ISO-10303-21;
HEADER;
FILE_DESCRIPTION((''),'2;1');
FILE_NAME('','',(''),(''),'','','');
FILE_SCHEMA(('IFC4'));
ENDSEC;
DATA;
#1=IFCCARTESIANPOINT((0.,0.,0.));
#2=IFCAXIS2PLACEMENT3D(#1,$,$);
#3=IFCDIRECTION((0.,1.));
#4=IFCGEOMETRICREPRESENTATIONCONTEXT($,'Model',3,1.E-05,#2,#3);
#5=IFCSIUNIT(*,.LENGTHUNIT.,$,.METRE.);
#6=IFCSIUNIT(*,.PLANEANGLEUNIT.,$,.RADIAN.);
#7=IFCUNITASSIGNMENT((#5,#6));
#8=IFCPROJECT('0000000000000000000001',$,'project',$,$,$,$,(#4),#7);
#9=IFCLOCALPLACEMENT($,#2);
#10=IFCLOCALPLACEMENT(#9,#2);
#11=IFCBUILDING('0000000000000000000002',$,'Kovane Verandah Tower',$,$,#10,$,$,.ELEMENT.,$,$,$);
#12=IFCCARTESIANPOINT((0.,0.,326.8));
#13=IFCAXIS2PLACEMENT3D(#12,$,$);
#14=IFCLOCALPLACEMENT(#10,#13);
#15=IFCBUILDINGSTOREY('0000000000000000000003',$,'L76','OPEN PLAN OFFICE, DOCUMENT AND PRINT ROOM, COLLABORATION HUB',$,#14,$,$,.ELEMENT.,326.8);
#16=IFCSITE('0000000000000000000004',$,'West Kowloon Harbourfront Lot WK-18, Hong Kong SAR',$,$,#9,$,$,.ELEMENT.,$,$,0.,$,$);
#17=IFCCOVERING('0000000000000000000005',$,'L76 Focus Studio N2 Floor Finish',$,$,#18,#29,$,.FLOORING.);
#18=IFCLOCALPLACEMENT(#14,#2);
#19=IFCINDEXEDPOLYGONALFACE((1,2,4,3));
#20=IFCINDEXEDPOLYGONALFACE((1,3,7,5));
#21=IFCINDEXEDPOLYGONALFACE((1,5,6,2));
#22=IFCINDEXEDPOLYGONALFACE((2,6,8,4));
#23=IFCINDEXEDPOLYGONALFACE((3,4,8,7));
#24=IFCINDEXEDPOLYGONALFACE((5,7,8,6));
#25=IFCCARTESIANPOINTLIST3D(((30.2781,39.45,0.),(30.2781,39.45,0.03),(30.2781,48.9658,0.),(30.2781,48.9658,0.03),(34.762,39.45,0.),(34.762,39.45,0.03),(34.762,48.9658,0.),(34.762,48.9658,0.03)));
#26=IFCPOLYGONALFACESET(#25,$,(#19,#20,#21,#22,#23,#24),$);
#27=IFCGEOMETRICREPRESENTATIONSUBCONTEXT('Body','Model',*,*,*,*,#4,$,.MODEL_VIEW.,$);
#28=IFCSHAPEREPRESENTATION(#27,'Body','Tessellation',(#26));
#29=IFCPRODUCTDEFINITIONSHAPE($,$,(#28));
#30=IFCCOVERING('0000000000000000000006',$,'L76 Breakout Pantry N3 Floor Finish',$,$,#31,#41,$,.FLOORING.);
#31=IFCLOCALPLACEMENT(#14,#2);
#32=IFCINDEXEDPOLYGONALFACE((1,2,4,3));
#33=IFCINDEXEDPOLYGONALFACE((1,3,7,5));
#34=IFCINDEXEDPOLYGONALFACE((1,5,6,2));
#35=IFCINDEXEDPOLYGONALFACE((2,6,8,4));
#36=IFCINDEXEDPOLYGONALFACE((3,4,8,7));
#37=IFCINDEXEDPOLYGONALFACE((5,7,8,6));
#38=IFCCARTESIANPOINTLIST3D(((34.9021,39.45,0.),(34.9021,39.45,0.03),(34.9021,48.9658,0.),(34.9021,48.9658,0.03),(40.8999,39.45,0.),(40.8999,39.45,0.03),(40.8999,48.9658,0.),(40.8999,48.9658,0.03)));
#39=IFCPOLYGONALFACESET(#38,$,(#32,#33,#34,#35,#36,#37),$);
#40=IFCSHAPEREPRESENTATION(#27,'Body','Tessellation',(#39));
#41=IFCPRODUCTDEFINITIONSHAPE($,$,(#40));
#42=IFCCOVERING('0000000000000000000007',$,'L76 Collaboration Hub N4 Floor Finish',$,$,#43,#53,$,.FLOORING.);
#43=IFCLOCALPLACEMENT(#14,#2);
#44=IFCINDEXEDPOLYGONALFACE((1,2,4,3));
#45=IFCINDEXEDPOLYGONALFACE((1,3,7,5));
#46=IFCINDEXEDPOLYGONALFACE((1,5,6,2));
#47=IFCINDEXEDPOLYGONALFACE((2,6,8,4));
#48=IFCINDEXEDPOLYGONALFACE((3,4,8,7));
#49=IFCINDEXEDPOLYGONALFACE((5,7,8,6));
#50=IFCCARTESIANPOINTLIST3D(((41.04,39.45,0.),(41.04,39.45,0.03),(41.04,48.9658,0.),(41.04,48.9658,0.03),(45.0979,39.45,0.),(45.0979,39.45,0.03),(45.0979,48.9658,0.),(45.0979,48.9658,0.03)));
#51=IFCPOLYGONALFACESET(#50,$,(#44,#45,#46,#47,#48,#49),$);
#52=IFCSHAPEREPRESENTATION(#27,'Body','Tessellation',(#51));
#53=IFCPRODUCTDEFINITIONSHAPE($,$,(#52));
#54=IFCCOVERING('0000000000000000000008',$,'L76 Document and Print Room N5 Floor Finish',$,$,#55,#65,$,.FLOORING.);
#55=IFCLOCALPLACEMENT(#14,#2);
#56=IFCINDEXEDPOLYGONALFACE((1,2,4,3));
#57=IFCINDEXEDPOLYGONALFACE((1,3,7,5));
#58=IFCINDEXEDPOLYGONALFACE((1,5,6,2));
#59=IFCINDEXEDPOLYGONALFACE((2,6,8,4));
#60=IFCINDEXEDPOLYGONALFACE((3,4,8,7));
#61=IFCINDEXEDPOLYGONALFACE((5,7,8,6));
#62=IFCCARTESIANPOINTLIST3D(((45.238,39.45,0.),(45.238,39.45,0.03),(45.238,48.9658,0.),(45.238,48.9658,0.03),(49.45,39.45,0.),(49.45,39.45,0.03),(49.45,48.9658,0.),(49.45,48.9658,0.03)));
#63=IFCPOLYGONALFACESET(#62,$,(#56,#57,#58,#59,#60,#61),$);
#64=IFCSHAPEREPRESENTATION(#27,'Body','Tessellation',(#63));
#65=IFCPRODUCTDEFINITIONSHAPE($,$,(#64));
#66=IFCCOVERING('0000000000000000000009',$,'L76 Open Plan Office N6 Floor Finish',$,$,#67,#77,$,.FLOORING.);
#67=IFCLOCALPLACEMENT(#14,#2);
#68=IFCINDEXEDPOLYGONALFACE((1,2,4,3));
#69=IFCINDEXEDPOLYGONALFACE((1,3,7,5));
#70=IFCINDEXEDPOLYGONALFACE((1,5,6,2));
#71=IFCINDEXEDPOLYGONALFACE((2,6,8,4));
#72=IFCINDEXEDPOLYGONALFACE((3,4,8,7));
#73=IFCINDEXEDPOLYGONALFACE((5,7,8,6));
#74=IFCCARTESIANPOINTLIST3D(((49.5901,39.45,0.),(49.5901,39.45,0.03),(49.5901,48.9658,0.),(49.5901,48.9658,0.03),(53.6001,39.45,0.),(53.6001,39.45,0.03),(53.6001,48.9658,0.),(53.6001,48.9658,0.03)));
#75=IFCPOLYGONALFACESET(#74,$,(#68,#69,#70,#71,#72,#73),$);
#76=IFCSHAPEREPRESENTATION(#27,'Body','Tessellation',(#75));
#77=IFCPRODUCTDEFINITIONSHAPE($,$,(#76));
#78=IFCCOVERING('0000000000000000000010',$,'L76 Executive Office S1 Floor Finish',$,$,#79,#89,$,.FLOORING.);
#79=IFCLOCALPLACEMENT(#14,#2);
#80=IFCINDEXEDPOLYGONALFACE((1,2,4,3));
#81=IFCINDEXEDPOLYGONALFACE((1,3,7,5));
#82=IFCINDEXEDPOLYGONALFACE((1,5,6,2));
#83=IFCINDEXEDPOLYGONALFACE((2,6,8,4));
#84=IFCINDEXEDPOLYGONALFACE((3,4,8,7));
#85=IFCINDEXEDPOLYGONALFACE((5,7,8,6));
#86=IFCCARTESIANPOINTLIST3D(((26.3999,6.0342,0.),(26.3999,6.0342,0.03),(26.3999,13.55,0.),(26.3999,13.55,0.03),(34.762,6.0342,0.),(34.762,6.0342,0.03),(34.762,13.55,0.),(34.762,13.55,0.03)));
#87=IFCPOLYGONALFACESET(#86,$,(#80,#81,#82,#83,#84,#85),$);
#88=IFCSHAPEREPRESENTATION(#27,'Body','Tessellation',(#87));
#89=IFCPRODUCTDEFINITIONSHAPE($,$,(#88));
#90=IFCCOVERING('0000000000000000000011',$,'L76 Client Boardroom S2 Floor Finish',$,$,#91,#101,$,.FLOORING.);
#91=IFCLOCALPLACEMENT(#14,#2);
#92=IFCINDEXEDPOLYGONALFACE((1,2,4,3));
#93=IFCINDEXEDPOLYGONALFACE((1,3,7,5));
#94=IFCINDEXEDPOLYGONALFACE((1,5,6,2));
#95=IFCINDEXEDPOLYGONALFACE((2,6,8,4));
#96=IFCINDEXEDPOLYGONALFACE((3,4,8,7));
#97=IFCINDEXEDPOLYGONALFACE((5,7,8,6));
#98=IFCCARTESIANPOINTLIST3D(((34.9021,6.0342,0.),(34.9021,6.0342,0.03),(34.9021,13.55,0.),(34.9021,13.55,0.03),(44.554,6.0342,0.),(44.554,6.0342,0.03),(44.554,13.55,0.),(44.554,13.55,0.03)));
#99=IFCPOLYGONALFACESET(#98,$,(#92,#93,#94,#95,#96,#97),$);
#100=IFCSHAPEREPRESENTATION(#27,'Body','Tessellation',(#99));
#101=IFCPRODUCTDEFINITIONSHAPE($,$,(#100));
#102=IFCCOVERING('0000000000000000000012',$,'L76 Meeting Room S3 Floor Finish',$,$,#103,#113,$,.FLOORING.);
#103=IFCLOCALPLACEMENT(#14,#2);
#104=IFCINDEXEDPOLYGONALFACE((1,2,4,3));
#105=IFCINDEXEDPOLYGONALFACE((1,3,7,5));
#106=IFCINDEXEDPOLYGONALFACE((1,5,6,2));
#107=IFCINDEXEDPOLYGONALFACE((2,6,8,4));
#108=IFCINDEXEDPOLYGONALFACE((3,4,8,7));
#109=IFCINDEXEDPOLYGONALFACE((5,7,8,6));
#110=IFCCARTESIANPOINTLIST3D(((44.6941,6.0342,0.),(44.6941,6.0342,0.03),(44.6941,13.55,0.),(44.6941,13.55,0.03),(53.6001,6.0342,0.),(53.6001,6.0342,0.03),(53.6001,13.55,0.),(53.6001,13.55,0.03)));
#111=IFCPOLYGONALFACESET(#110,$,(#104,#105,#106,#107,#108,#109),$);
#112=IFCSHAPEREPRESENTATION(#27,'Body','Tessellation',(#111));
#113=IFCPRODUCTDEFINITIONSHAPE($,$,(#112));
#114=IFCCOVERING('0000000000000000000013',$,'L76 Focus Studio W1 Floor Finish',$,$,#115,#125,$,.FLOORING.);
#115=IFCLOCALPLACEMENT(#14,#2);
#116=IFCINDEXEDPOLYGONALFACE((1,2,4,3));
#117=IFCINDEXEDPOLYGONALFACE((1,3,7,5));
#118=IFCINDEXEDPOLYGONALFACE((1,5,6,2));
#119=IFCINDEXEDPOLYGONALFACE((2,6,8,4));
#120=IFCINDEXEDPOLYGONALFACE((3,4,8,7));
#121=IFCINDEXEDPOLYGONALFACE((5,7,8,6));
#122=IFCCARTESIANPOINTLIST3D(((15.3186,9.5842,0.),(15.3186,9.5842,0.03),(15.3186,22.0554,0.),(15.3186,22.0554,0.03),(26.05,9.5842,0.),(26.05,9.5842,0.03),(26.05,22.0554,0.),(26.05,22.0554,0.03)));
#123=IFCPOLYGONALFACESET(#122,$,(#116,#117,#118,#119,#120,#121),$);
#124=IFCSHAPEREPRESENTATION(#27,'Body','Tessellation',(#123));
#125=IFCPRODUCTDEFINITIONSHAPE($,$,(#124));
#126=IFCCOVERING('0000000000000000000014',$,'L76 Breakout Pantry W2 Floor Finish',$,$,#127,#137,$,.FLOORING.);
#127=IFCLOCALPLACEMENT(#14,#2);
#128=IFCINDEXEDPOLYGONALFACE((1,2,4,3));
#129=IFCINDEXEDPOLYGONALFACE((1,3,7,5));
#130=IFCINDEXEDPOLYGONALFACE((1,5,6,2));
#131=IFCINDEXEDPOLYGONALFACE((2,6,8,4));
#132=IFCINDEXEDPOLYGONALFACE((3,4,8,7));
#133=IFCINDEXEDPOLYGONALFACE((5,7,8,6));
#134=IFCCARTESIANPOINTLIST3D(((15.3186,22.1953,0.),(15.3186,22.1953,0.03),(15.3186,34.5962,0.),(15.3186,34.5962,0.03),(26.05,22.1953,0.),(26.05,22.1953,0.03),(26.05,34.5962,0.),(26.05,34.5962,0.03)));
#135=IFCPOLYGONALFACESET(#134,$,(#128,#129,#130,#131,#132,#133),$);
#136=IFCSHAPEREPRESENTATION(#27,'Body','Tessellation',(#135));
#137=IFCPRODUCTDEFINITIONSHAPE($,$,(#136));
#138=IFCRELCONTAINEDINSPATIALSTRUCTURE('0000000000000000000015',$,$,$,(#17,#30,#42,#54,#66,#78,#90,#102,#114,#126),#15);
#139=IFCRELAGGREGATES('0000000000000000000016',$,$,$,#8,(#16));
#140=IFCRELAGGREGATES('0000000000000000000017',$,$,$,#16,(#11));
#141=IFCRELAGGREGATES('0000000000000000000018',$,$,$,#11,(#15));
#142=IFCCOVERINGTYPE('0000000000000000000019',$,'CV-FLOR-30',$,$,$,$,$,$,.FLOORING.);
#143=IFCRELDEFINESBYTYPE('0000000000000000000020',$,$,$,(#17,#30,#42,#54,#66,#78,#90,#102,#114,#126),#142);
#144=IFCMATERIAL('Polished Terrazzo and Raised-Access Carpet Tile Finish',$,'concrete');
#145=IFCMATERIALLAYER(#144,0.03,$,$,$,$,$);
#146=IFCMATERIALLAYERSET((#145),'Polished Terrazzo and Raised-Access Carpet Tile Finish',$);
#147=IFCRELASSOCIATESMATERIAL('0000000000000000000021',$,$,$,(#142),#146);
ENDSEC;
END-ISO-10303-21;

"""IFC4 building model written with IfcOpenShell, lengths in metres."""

from ifc_helpers import new_model, si_unit, direction, frame, origin, place, context, subcontext, project, spatial, polyline, outline, extrude, material, layer, layer_set, type_object, element, save


model = new_model("IFC4")

# Units and contexts
model_context = context("Model", 3, precision=1e-05, world=origin(), true_north=direction((0.0, 1.0)))
body_context = subcontext(model_context, "Body", "Model", "MODEL_VIEW")
ifc_project = project(units=[si_unit("LENGTHUNIT", "METRE"), si_unit("PLANEANGLEUNIT", "RADIAN")], contexts=[model_context])

# Site, building, storey
site_placement = place(None, origin())
site = spatial("IfcSite", under=ifc_project, at=site_placement, Name="West Kowloon Harbourfront Lot WK-18, Hong Kong SAR", CompositionType="ELEMENT", RefElevation=0.0)
building_placement = place(site_placement, origin())
building = spatial("IfcBuilding", under=site, at=building_placement, Name="Kovane Verandah Tower", CompositionType="ELEMENT")
storey_placement = place(building_placement, frame((0.0, 0.0, 326.8)))
storey = spatial("IfcBuildingStorey", under=building, at=storey_placement, Name="L76", Description="OPEN PLAN OFFICE, DOCUMENT AND PRINT ROOM, COLLABORATION HUB", CompositionType="ELEMENT", Elevation=326.8)

# Coverings
ifc_material_1 = material(Name="Polished Terrazzo and Raised-Access Carpet Tile Finish", Category="concrete")
ifc_layer_1 = layer(ifc_material_1, 0.03)
ifc_layer_set_1 = layer_set([ifc_layer_1], Name="Polished Terrazzo and Raised-Access Carpet Tile Finish")
covering_type = type_object("IfcCoveringType", Name="CV-FLOR-30", PredefinedType="FLOORING", material=ifc_layer_set_1)
covering_1_placement = place(storey_placement, origin())
element("IfcCovering", 1, at=covering_1_placement, inside=storey, type_object=covering_type, Name="L76 Focus Studio N2 Floor Finish", PredefinedType="FLOORING", context=body_context, shape_type="SweptSolid", body=[
    extrude(outline(polyline([(30.2781, 39.45), (34.762, 39.45), (34.762, 48.9658), (30.2781, 48.9658), (30.2781, 39.45)])), origin(), (0.0, 0.0, 1.0), 0.03),
])
covering_2_placement = place(storey_placement, origin())
element("IfcCovering", 2, at=covering_2_placement, inside=storey, type_object=covering_type, Name="L76 Breakout Pantry N3 Floor Finish", PredefinedType="FLOORING", context=body_context, shape_type="SweptSolid", body=[
    extrude(outline(polyline([(34.9021, 39.45), (40.8999, 39.45), (40.8999, 48.9658), (34.9021, 48.9658), (34.9021, 39.45)])), origin(), (0.0, 0.0, 1.0), 0.03),
])
covering_3_placement = place(storey_placement, origin())
element("IfcCovering", 3, at=covering_3_placement, inside=storey, type_object=covering_type, Name="L76 Collaboration Hub N4 Floor Finish", PredefinedType="FLOORING", context=body_context, shape_type="SweptSolid", body=[
    extrude(outline(polyline([(41.04, 39.45), (45.0979, 39.45), (45.0979, 48.9658), (41.04, 48.9658), (41.04, 39.45)])), origin(), (0.0, 0.0, 1.0), 0.03),
])
covering_4_placement = place(storey_placement, origin())
element("IfcCovering", 4, at=covering_4_placement, inside=storey, type_object=covering_type, Name="L76 Document and Print Room N5 Floor Finish", PredefinedType="FLOORING", context=body_context, shape_type="SweptSolid", body=[
    extrude(outline(polyline([(45.238, 39.45), (49.45, 39.45), (49.45, 48.9658), (45.238, 48.9658), (45.238, 39.45)])), origin(), (0.0, 0.0, 1.0), 0.03),
])
covering_5_placement = place(storey_placement, origin())
element("IfcCovering", 5, at=covering_5_placement, inside=storey, type_object=covering_type, Name="L76 Open Plan Office N6 Floor Finish", PredefinedType="FLOORING", context=body_context, shape_type="SweptSolid", body=[
    extrude(outline(polyline([(49.5901, 39.45), (53.6001, 39.45), (53.6001, 48.9658), (49.5901, 48.9658), (49.5901, 39.45)])), origin(), (0.0, 0.0, 1.0), 0.03),
])
covering_6_placement = place(storey_placement, origin())
element("IfcCovering", 6, at=covering_6_placement, inside=storey, type_object=covering_type, Name="L76 Executive Office S1 Floor Finish", PredefinedType="FLOORING", context=body_context, shape_type="SweptSolid", body=[
    extrude(outline(polyline([(26.3999, 6.0342), (34.762, 6.0342), (34.762, 13.55), (26.3999, 13.55), (26.3999, 6.0342)])), origin(), (0.0, 0.0, 1.0), 0.03),
])
covering_7_placement = place(storey_placement, origin())
element("IfcCovering", 7, at=covering_7_placement, inside=storey, type_object=covering_type, Name="L76 Client Boardroom S2 Floor Finish", PredefinedType="FLOORING", context=body_context, shape_type="SweptSolid", body=[
    extrude(outline(polyline([(34.9021, 6.0342), (44.554, 6.0342), (44.554, 13.55), (34.9021, 13.55), (34.9021, 6.0342)])), origin(), (0.0, 0.0, 1.0), 0.03),
])
covering_8_placement = place(storey_placement, origin())
element("IfcCovering", 8, at=covering_8_placement, inside=storey, type_object=covering_type, Name="L76 Meeting Room S3 Floor Finish", PredefinedType="FLOORING", context=body_context, shape_type="SweptSolid", body=[
    extrude(outline(polyline([(44.6941, 6.0342), (53.6001, 6.0342), (53.6001, 13.55), (44.6941, 13.55), (44.6941, 6.0342)])), origin(), (0.0, 0.0, 1.0), 0.03),
])
covering_9_placement = place(storey_placement, origin())
element("IfcCovering", 9, at=covering_9_placement, inside=storey, type_object=covering_type, Name="L76 Focus Studio W1 Floor Finish", PredefinedType="FLOORING", context=body_context, shape_type="SweptSolid", body=[
    extrude(outline(polyline([(15.3186, 9.5842), (26.05, 9.5842), (26.05, 22.0554), (15.3186, 22.0554), (15.3186, 9.5842)])), origin(), (0.0, 0.0, 1.0), 0.03),
])
covering_10_placement = place(storey_placement, origin())
element("IfcCovering", 10, at=covering_10_placement, inside=storey, type_object=covering_type, Name="L76 Breakout Pantry W2 Floor Finish", PredefinedType="FLOORING", context=body_context, shape_type="SweptSolid", body=[
    extrude(outline(polyline([(15.3186, 22.1953), (26.05, 22.1953), (26.05, 34.5962), (15.3186, 34.5962), (15.3186, 22.1953)])), origin(), (0.0, 0.0, 1.0), 0.03),
])

save(model, "model.ifc")
